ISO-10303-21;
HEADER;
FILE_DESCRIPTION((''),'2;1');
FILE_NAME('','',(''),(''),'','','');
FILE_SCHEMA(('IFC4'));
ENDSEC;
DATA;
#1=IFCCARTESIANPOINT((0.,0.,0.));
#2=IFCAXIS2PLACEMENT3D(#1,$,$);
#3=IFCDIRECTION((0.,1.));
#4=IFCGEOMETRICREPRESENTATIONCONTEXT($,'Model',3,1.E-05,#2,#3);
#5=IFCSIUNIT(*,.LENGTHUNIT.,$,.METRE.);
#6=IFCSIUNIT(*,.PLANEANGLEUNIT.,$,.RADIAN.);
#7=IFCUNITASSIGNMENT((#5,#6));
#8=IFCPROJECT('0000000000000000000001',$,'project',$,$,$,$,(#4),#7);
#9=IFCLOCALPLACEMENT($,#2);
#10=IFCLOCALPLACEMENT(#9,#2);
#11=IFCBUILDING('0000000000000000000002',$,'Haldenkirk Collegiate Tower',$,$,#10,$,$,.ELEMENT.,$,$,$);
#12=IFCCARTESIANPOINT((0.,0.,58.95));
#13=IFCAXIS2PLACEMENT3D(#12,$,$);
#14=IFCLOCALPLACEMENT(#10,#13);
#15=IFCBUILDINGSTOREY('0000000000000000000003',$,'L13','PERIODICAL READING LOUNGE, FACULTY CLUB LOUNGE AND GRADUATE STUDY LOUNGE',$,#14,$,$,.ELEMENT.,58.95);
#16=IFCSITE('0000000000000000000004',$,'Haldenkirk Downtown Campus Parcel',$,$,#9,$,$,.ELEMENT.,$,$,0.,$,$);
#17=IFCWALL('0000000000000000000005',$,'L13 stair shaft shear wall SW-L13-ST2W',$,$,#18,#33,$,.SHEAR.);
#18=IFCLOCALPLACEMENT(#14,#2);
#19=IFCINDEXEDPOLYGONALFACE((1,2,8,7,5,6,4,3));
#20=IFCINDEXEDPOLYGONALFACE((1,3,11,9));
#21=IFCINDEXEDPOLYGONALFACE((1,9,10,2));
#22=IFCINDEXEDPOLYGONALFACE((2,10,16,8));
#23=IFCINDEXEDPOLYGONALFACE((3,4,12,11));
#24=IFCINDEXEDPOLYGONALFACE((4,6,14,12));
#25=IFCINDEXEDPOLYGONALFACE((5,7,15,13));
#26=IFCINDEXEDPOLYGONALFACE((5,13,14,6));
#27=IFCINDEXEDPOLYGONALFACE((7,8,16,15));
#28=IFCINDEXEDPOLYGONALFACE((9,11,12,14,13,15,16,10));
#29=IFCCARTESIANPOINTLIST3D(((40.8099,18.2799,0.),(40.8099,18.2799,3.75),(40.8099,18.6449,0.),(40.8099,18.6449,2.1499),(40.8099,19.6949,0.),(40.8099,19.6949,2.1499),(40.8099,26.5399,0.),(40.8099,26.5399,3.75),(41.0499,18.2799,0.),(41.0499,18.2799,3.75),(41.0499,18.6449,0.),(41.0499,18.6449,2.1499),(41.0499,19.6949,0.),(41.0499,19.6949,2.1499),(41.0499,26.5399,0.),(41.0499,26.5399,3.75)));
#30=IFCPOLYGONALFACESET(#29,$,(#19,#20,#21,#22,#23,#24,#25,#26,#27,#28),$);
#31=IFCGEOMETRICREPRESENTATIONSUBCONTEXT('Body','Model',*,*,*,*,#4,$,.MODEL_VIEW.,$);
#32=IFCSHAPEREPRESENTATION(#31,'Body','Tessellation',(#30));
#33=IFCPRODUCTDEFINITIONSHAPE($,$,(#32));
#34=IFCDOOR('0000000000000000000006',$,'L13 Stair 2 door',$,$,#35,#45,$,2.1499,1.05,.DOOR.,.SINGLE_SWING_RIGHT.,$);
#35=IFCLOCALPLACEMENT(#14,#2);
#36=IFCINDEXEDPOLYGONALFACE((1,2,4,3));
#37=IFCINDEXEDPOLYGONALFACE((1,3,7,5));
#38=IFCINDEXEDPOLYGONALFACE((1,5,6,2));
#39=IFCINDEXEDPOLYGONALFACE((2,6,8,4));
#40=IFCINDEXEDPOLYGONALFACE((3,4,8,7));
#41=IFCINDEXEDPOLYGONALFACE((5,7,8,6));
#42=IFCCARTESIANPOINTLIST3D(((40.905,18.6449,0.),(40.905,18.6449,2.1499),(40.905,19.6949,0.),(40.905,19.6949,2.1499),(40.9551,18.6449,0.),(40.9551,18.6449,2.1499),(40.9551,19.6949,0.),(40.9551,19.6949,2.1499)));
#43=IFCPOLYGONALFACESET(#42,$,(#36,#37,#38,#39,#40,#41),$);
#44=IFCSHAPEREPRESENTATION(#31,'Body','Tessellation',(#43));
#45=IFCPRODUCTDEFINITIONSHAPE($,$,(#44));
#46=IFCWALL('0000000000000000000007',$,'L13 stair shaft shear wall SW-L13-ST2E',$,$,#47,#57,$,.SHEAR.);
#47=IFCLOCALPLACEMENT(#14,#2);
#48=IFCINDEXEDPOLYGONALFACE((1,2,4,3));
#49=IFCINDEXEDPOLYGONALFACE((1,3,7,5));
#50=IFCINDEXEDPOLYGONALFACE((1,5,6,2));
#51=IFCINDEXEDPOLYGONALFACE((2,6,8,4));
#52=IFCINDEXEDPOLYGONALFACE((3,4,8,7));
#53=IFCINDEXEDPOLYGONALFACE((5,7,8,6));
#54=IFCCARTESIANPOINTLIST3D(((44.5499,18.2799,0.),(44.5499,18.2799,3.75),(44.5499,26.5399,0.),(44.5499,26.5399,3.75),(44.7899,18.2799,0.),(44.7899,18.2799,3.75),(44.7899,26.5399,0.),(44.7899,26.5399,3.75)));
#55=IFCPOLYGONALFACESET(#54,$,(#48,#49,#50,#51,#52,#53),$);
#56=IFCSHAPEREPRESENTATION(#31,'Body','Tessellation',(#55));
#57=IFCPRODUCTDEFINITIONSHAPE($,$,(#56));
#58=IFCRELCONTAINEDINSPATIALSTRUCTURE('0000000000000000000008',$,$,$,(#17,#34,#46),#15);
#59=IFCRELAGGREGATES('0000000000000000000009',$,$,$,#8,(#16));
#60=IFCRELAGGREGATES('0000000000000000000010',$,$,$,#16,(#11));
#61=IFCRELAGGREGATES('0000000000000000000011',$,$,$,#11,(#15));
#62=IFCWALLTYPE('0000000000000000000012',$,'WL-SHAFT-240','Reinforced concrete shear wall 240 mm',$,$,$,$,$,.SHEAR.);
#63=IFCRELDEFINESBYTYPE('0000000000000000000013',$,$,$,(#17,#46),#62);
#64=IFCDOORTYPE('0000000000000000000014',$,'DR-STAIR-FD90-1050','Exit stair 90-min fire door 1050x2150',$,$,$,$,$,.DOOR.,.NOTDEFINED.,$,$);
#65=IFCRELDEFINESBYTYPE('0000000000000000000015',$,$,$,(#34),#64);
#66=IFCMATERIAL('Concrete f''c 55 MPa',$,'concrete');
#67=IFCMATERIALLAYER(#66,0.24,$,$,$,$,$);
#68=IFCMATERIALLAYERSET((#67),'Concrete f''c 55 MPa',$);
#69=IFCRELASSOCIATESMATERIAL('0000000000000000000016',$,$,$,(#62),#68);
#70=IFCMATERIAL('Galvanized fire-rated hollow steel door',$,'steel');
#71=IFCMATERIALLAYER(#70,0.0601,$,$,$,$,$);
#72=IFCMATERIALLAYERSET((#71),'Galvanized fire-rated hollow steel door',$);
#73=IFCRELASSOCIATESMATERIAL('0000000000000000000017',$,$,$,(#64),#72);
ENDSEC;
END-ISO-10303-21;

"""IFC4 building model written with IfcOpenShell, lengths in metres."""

from ifc_helpers import new_model, si_unit, direction, frame, frame_2d, origin, place, context, subcontext, project, spatial, rectangle, extrude, material, layer, layer_set, type_object, element, fill, save


model = new_model("IFC4")

# Units and contexts
model_context = context("Model", 3, precision=1e-05, world=origin(), true_north=direction((0.0, 1.0)))
body_context = subcontext(model_context, "Body", "Model", "MODEL_VIEW")
ifc_project = project(units=[si_unit("LENGTHUNIT", "METRE"), si_unit("PLANEANGLEUNIT", "RADIAN")], contexts=[model_context])

# Site, building, storey
site_placement = place(None, origin())
site = spatial("IfcSite", under=ifc_project, at=site_placement, Name="Haldenkirk Downtown Campus Parcel", CompositionType="ELEMENT", RefElevation=0.0)
building_placement = place(site_placement, origin())
building = spatial("IfcBuilding", under=site, at=building_placement, Name="Haldenkirk Collegiate Tower", CompositionType="ELEMENT")
storey_placement = place(building_placement, frame((0.0, 0.0, 58.95)))
storey = spatial("IfcBuildingStorey", under=building, at=storey_placement, Name="L13", Description="PERIODICAL READING LOUNGE, FACULTY CLUB LOUNGE AND GRADUATE STUDY LOUNGE", CompositionType="ELEMENT", Elevation=58.95)

# Wall, opening, door
ifc_material_1 = material(Name="Concrete f'c 55 MPa", Category="concrete")
ifc_layer_1 = layer(ifc_material_1, 0.24)
ifc_layer_set_1 = layer_set([ifc_layer_1], Name="Concrete f'c 55 MPa")
wall_type_1 = type_object("IfcWallType", Name="WL-SHAFT-240", Description="Reinforced concrete shear wall 240 mm", PredefinedType="SHEAR", material=ifc_layer_set_1)
wall_1_placement = place(storey_placement, frame((40.9299, 18.28, 0.0), z_axis=(0.0, 0.0, 1.0), x_axis=(0.0, 1.0, 0.0)))
wall_1 = element("IfcWall", 1, at=wall_1_placement, inside=storey, type_object=wall_type_1, Name="L13 stair shaft shear wall SW-L13-ST2W", PredefinedType="SHEAR", context=body_context, shape_type="SweptSolid", body=[
    extrude(rectangle(XDim=8.26, YDim=0.24, at=frame_2d((4.1299, 0.0))), origin(), (0.0, 0.0, 1.0), 3.75),
])
opening_1_placement = place(wall_1_placement, frame((0.365, 0.0, 0.0)))
opening_1 = element("IfcOpeningElement", 2, at=opening_1_placement, cuts=wall_1, PredefinedType="OPENING", context=body_context, shape_type="SweptSolid", body=[
    extrude(rectangle(XDim=1.05, YDim=2.1499, at=frame_2d((0.5249, 1.075))), frame((0.0, 0.1299, 0.0), z_axis=(0.0, -1.0, 0.0), x_axis=(1.0, 0.0, 0.0)), (0.0, 0.0, 1.0), 0.26),
])
ifc_material_2 = material(Name="Galvanized fire-rated hollow steel door", Category="steel")
ifc_layer_2 = layer(ifc_material_2, 0.0601)
ifc_layer_set_2 = layer_set([ifc_layer_2], Name="Galvanized fire-rated hollow steel door")
door_type_1 = type_object("IfcDoorType", Name="DR-STAIR-FD90-1050", Description="Exit stair 90-min fire door 1050x2150", OperationType="NOTDEFINED", PredefinedType="DOOR", material=ifc_layer_set_2)
door_1_placement = place(opening_1_placement, origin())
door_1 = element("IfcDoor", 3, at=door_1_placement, inside=storey, type_object=door_type_1, Name="L13 Stair 2 door", OperationType="SINGLE_SWING_RIGHT", OverallHeight=2.1499, OverallWidth=1.05, PredefinedType="DOOR", context=body_context, shape_type="SweptSolid", body=[
    extrude(rectangle(XDim=1.05, YDim=2.1499, at=frame_2d((0.5249, 1.075))), frame((0.0, 0.0249, 0.0), z_axis=(0.0, -1.0, 0.0), x_axis=(1.0, 0.0, 0.0)), (0.0, 0.0, 1.0), 0.05),
])
fill(opening_1, door_1)

# Wall
wall_2_placement = place(storey_placement, frame((44.6699, 18.28, 0.0), z_axis=(0.0, 0.0, 1.0), x_axis=(0.0, 1.0, 0.0)))
element("IfcWall", 4, at=wall_2_placement, inside=storey, type_object=wall_type_1, Name="L13 stair shaft shear wall SW-L13-ST2E", PredefinedType="SHEAR", context=body_context, shape_type="SweptSolid", body=[
    extrude(rectangle(XDim=8.26, YDim=0.24, at=frame_2d((4.1299, 0.0))), origin(), (0.0, 0.0, 1.0), 3.75),
])

save(model, "model.ifc")
